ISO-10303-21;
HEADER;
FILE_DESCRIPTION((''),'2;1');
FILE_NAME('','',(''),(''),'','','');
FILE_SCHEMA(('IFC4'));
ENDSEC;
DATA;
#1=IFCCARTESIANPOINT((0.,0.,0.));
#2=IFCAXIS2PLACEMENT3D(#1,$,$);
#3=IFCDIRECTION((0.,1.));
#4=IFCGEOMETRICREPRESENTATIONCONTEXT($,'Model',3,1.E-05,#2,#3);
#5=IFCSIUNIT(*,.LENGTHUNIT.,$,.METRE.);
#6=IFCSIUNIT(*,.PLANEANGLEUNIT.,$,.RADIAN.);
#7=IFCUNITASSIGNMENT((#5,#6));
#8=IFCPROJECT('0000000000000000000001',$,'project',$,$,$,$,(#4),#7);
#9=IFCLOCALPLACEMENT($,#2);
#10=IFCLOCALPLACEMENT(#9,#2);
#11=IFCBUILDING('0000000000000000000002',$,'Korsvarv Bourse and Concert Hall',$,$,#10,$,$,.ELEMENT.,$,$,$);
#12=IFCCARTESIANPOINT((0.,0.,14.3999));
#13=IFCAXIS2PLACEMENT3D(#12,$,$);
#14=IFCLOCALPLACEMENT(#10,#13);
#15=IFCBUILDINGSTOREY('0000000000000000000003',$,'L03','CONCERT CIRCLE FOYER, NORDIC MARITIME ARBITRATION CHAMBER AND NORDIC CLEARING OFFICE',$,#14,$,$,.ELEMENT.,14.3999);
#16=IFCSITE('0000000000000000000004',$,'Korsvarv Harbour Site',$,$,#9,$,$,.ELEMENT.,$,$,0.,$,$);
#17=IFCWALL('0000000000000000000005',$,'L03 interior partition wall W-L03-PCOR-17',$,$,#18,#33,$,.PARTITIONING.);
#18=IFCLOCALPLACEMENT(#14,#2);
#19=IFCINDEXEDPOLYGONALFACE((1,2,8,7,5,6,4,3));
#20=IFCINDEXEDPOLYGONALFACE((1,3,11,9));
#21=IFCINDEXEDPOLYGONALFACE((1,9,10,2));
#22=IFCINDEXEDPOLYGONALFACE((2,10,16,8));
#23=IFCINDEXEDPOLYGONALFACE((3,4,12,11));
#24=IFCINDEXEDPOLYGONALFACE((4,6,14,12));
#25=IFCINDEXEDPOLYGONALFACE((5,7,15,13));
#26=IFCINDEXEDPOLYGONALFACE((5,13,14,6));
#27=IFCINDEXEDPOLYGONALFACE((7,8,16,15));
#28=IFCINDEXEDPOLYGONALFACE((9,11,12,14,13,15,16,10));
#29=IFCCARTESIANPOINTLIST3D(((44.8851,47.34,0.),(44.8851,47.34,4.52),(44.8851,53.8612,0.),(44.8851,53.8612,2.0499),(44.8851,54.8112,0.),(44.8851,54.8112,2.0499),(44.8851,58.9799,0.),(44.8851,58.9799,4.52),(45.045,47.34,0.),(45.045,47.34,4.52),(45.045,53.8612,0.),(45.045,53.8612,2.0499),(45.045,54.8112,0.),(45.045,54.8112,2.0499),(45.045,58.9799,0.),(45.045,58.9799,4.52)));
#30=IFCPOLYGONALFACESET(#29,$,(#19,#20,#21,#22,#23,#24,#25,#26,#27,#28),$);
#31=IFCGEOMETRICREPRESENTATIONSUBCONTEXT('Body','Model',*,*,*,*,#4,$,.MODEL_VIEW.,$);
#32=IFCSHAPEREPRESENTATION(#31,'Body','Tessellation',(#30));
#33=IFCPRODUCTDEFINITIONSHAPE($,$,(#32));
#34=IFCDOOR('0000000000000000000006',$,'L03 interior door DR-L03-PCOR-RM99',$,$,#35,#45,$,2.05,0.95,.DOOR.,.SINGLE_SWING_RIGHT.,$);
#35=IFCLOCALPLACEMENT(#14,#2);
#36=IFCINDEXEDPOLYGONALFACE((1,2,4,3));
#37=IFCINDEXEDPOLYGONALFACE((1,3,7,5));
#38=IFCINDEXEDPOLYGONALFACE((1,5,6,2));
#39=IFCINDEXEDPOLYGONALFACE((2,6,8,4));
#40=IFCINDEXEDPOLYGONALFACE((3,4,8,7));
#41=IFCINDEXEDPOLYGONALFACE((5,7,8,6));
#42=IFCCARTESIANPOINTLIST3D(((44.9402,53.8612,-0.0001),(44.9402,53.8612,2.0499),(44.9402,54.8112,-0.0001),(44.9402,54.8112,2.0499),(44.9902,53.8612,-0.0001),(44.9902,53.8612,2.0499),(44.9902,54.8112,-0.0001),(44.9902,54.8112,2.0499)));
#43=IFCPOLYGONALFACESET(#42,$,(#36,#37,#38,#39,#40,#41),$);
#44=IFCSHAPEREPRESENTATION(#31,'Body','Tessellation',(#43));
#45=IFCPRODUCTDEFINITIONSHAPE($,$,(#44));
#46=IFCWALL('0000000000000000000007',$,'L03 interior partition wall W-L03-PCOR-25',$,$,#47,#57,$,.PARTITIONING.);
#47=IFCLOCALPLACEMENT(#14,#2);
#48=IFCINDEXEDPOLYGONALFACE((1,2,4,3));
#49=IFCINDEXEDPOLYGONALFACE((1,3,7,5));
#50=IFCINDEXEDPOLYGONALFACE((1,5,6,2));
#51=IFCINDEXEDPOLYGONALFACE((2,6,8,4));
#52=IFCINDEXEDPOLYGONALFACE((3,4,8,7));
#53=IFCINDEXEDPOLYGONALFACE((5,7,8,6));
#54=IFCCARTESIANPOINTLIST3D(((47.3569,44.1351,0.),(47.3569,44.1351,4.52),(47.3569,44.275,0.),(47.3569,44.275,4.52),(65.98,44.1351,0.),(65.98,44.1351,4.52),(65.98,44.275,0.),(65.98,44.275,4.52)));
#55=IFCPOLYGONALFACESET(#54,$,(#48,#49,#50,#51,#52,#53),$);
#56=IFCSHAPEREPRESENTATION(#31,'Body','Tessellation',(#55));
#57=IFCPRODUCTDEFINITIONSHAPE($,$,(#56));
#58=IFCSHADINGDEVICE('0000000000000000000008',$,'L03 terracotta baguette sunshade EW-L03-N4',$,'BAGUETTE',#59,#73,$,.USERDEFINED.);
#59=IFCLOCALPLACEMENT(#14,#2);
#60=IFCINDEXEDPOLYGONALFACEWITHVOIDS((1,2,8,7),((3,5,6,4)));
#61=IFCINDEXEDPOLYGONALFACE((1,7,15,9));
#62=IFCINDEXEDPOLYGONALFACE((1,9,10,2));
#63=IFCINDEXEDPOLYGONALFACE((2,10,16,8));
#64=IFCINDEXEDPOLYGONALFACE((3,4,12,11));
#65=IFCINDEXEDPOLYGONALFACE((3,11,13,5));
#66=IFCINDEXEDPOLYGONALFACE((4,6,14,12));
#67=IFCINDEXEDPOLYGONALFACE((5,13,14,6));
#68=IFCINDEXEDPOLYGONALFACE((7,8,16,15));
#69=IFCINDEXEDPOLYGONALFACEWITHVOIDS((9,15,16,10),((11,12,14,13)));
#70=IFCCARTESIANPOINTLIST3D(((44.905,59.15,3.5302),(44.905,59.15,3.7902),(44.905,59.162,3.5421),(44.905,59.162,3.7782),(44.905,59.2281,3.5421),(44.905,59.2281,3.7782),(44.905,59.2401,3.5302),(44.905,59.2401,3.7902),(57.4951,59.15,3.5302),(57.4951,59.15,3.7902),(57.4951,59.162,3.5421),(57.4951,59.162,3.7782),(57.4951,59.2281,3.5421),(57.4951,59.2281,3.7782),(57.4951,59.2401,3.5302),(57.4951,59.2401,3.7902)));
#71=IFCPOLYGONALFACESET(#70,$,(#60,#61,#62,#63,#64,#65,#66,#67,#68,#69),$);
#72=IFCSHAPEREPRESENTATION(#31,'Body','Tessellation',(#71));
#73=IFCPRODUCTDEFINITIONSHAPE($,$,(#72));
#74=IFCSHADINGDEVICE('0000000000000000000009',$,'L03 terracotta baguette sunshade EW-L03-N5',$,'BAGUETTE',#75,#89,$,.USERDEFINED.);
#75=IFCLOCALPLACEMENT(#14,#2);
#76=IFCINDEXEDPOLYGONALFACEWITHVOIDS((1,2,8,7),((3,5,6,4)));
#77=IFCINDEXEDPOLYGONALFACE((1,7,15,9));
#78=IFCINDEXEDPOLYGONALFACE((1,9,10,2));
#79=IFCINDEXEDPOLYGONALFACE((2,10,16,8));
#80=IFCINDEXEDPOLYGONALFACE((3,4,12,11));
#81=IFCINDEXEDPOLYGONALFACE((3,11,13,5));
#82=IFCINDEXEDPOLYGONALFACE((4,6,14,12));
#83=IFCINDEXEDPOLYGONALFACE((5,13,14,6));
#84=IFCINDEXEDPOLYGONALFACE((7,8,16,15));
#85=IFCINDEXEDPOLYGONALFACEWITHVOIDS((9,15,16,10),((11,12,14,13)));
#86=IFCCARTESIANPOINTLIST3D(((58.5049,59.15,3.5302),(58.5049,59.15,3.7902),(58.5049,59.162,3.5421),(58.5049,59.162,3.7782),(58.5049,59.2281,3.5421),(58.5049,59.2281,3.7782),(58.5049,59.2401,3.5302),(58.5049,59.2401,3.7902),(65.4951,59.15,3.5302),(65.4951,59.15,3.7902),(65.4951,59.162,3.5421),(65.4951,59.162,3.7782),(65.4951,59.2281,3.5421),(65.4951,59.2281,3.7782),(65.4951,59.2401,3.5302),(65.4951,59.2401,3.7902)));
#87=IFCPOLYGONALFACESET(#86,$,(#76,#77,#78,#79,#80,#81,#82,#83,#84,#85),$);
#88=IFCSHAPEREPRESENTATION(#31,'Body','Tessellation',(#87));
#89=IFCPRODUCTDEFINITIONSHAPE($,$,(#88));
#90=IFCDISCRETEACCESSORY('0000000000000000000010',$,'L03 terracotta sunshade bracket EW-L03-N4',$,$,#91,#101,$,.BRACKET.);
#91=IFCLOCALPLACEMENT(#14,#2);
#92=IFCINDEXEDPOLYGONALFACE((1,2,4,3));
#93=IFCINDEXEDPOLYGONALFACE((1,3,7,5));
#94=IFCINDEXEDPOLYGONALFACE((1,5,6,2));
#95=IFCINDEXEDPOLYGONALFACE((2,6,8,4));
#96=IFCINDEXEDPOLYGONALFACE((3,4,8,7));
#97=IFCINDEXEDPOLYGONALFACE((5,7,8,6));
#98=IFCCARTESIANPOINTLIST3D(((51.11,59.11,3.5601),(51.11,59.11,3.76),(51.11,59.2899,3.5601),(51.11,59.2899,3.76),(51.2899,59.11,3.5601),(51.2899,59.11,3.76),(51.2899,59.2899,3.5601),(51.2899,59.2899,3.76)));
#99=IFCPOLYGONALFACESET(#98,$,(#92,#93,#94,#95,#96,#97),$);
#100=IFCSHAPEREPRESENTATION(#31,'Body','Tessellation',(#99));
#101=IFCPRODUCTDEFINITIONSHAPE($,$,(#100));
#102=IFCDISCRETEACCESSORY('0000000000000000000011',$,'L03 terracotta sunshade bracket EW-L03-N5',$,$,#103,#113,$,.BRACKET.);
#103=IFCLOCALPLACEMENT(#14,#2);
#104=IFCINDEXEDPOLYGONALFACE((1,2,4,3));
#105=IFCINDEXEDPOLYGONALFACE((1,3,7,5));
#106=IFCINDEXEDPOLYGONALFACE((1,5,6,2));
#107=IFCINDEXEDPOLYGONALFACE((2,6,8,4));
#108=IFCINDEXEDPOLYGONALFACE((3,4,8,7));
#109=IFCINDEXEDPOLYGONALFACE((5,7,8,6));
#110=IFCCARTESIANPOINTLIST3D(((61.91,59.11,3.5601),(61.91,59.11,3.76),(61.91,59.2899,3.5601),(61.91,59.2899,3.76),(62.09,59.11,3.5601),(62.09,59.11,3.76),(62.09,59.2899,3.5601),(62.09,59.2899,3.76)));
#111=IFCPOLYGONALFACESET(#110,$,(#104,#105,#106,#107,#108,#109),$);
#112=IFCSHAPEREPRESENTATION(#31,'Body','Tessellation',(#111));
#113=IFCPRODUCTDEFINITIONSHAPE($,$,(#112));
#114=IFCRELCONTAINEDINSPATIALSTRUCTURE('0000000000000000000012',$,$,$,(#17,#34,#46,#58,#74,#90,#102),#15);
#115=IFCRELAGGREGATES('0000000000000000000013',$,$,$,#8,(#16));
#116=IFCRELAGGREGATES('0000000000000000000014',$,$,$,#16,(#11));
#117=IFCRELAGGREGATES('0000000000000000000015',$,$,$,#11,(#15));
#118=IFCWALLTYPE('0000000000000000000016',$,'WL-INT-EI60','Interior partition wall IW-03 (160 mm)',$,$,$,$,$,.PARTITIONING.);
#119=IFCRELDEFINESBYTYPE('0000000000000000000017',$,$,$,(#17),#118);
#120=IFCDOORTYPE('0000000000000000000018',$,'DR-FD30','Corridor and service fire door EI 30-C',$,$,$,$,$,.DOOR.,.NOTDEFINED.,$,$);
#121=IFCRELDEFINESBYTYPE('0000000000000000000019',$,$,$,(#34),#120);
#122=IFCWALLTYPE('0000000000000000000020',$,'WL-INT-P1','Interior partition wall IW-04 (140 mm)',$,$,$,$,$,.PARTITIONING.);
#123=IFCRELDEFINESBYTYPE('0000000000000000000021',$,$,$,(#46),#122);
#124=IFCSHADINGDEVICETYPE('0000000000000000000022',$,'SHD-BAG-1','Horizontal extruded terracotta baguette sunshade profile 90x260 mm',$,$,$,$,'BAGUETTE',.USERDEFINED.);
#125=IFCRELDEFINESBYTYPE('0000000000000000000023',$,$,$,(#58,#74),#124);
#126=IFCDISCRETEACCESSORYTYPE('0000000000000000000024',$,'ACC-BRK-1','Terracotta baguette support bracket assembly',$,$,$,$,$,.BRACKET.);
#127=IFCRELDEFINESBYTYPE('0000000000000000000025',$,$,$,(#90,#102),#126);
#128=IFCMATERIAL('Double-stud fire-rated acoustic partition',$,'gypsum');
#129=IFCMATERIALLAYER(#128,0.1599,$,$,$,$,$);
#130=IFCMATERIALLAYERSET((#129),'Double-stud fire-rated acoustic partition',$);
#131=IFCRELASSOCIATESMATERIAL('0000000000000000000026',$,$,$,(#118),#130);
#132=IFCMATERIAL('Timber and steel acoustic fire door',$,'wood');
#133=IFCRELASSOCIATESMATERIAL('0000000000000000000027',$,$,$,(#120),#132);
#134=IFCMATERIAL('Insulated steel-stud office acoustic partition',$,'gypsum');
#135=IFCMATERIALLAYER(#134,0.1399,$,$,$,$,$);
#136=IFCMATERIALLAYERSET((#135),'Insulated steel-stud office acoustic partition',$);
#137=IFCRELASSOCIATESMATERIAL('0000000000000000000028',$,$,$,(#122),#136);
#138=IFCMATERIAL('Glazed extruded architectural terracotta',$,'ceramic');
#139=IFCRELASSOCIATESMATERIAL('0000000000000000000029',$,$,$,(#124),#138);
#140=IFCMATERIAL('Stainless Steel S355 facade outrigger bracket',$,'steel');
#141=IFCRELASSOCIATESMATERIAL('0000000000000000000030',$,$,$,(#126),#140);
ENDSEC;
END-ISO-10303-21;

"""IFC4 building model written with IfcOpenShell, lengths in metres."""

from ifc_helpers import new_model, si_unit, direction, frame, frame_2d, origin, origin_2d, place, context, subcontext, project, spatial, rectangle, hollow_rectangle, extrude, source, transform, mapped, material, layer, layer_set, material_profile, profile_set, type_object, element, fill, save


model = new_model("IFC4")

# Units and contexts
model_context = context("Model", 3, precision=1e-05, world=origin(), true_north=direction((0.0, 1.0)))
body_context = subcontext(model_context, "Body", "Model", "MODEL_VIEW")
ifc_project = project(units=[si_unit("LENGTHUNIT", "METRE"), si_unit("PLANEANGLEUNIT", "RADIAN")], contexts=[model_context])

# Site, building, storey
site_placement = place(None, origin())
site = spatial("IfcSite", under=ifc_project, at=site_placement, Name="Korsvarv Harbour Site", CompositionType="ELEMENT", RefElevation=0.0)
building_placement = place(site_placement, origin())
building = spatial("IfcBuilding", under=site, at=building_placement, Name="Korsvarv Bourse and Concert Hall", CompositionType="ELEMENT")
storey_placement = place(building_placement, frame((0.0, 0.0, 14.3999)))
storey = spatial("IfcBuildingStorey", under=building, at=storey_placement, Name="L03", Description="CONCERT CIRCLE FOYER, NORDIC MARITIME ARBITRATION CHAMBER AND NORDIC CLEARING OFFICE", CompositionType="ELEMENT", Elevation=14.3999)

# Wall, opening, door
ifc_material_1 = material(Name="Double-stud fire-rated acoustic partition", Category="gypsum")
ifc_layer_1 = layer(ifc_material_1, 0.1599)
ifc_layer_set_1 = layer_set([ifc_layer_1], Name="Double-stud fire-rated acoustic partition")
wall_type_1 = type_object("IfcWallType", Name="WL-INT-EI60", Description="Interior partition wall IW-03 (160 mm)", PredefinedType="PARTITIONING", material=ifc_layer_set_1)
wall_1_placement = place(storey_placement, frame((44.9651, 47.3401, 0.0), z_axis=(0.0, 0.0, 1.0), x_axis=(0.0, 1.0, 0.0)))
wall_1 = element("IfcWall", 1, at=wall_1_placement, inside=storey, type_object=wall_type_1, Name="L03 interior partition wall W-L03-PCOR-17", PredefinedType="PARTITIONING", context=body_context, shape_type="SweptSolid", body=[
    extrude(rectangle(XDim=11.6399, YDim=0.1599, at=frame_2d((5.8198, 0.0))), origin(), (0.0, 0.0, 1.0), 4.52),
])
opening_1_placement = place(wall_1_placement, frame((6.521, 0.0, 0.0)))
opening_1 = element("IfcOpeningElement", 2, at=opening_1_placement, cuts=wall_1, PredefinedType="OPENING", context=body_context, shape_type="SweptSolid", body=[
    extrude(rectangle(XDim=0.95, YDim=2.05, at=frame_2d((0.4751, 1.0249))), frame((0.0, 0.0898, 0.0), z_axis=(0.0, -1.0, 0.0), x_axis=(1.0, 0.0, 0.0)), (0.0, 0.0, 1.0), 0.1799),
])
ifc_material_2 = material(Name="Timber and steel acoustic fire door", Category="wood")
door_type = type_object("IfcDoorType", Name="DR-FD30", Description="Corridor and service fire door EI 30-C", OperationType="NOTDEFINED", PredefinedType="DOOR", material=ifc_material_2)
door_placement = place(opening_1_placement, origin())
door = element("IfcDoor", 3, at=door_placement, inside=storey, type_object=door_type, Name="L03 interior door DR-L03-PCOR-RM99", OperationType="SINGLE_SWING_RIGHT", OverallHeight=2.05, OverallWidth=0.95, PredefinedType="DOOR", context=body_context, shape_type="SweptSolid", body=[
    extrude(rectangle(XDim=0.95, YDim=2.05, at=frame_2d((0.4751, 1.0249))), frame((0.0, 0.0249, 0.0), z_axis=(0.0, -1.0, 0.0), x_axis=(1.0, 0.0, 0.0)), (0.0, 0.0, 1.0), 0.05),
])
fill(opening_1, door)

# Wall
ifc_material_3 = material(Name="Insulated steel-stud office acoustic partition", Category="gypsum")
ifc_layer_2 = layer(ifc_material_3, 0.1399)
ifc_layer_set_2 = layer_set([ifc_layer_2], Name="Insulated steel-stud office acoustic partition")
wall_type_2 = type_object("IfcWallType", Name="WL-INT-P1", Description="Interior partition wall IW-04 (140 mm)", PredefinedType="PARTITIONING", material=ifc_layer_set_2)
wall_2_placement = place(storey_placement, frame((47.3569, 44.2051, 0.0), z_axis=(0.0, 0.0, 1.0), x_axis=(1.0, 0.0, 0.0)))
element("IfcWall", 4, at=wall_2_placement, inside=storey, type_object=wall_type_2, Name="L03 interior partition wall W-L03-PCOR-25", PredefinedType="PARTITIONING", context=body_context, shape_type="SweptSolid", body=[
    extrude(rectangle(XDim=18.623, YDim=0.1399, at=frame_2d((9.3115, 0.0))), origin(), (0.0, 0.0, 1.0), 4.52),
])

# Shading devices
ifc_material_4 = material(Name="Glazed extruded architectural terracotta", Category="ceramic")
ifc_material_profile_1 = material_profile(ifc_material_4, hollow_rectangle(XDim=0.0901, YDim=0.26, WallThickness=0.012, at=origin_2d()), Name="TC-BAG 90x260")
ifc_profile_set_1 = profile_set([ifc_material_profile_1], Name="Glazed extruded architectural terracotta")
shading_device_type = type_object("IfcShadingDeviceType", Name="SHD-BAG-1", Description="Horizontal extruded terracotta baguette sunshade profile 90x260 mm", ElementType="BAGUETTE", PredefinedType="USERDEFINED", material=ifc_profile_set_1)
shared_shape_1 = source(origin(), body_context, "Body", "SweptSolid", [
    extrude(hollow_rectangle(XDim=0.0901, YDim=0.26, WallThickness=0.012, at=origin_2d()), origin(), (0.0, 0.0, 1.0), 12.5901),
])
shading_device_1_placement = place(storey_placement, frame((44.905, 59.1951, 3.6602), z_axis=(1.0, 0.0, 0.0), x_axis=(0.0, 1.0, 0.0)))
element("IfcShadingDevice", 5, at=shading_device_1_placement, inside=storey, type_object=shading_device_type, Name="L03 terracotta baguette sunshade EW-L03-N4", ObjectType="BAGUETTE", PredefinedType="USERDEFINED", context=body_context, shape_type="MappedRepresentation", body=[
    mapped(shared_shape_1, transform((0.0, 0.0, 0.0), scale=1.0)),
])
shared_shape_2 = source(origin(), body_context, "Body", "SweptSolid", [
    extrude(hollow_rectangle(XDim=0.0901, YDim=0.26, WallThickness=0.012, at=origin_2d()), origin(), (0.0, 0.0, 1.0), 6.9902),
])
shading_device_2_placement = place(storey_placement, frame((58.5049, 59.1951, 3.6602), z_axis=(1.0, 0.0, 0.0), x_axis=(0.0, 1.0, 0.0)))
element("IfcShadingDevice", 6, at=shading_device_2_placement, inside=storey, type_object=shading_device_type, Name="L03 terracotta baguette sunshade EW-L03-N5", ObjectType="BAGUETTE", PredefinedType="USERDEFINED", context=body_context, shape_type="MappedRepresentation", body=[
    mapped(shared_shape_2, transform((0.0, 0.0, 0.0), scale=1.0)),
])

# Discrete accessories
ifc_material_5 = material(Name="Stainless Steel S355 facade outrigger bracket", Category="steel")
discrete_accessory_type = type_object("IfcDiscreteAccessoryType", Name="ACC-BRK-1", Description="Terracotta baguette support bracket assembly", PredefinedType="BRACKET", material=ifc_material_5)
shared_shape_3 = source(origin(), body_context, "Body", "SweptSolid", [
    extrude(rectangle(XDim=0.1799, YDim=0.1799, at=origin_2d()), origin(), (0.0, 0.0, 1.0), 0.2),
])
for number, where, z_axis, x_axis, name in (
    (7, (51.2, 59.2, 3.5601), (0.0, 0.0, 1.0), (1.0, 0.0, 0.0), "L03 terracotta sunshade bracket EW-L03-N4"),
    (8, (62.0, 59.2, 3.5601), (0.0, 0.0, 1.0), (1.0, 0.0, 0.0), "L03 terracotta sunshade bracket EW-L03-N5"),
):
    element("IfcDiscreteAccessory", number, at=place(storey_placement, frame(where, z_axis=z_axis, x_axis=x_axis)), inside=storey, type_object=discrete_accessory_type, Name=name, PredefinedType="BRACKET", context=body_context, shape_type="MappedRepresentation", body=[
        mapped(shared_shape_3, transform((0.0, 0.0, 0.0), scale=1.0)),
    ])

save(model, "model.ifc")
